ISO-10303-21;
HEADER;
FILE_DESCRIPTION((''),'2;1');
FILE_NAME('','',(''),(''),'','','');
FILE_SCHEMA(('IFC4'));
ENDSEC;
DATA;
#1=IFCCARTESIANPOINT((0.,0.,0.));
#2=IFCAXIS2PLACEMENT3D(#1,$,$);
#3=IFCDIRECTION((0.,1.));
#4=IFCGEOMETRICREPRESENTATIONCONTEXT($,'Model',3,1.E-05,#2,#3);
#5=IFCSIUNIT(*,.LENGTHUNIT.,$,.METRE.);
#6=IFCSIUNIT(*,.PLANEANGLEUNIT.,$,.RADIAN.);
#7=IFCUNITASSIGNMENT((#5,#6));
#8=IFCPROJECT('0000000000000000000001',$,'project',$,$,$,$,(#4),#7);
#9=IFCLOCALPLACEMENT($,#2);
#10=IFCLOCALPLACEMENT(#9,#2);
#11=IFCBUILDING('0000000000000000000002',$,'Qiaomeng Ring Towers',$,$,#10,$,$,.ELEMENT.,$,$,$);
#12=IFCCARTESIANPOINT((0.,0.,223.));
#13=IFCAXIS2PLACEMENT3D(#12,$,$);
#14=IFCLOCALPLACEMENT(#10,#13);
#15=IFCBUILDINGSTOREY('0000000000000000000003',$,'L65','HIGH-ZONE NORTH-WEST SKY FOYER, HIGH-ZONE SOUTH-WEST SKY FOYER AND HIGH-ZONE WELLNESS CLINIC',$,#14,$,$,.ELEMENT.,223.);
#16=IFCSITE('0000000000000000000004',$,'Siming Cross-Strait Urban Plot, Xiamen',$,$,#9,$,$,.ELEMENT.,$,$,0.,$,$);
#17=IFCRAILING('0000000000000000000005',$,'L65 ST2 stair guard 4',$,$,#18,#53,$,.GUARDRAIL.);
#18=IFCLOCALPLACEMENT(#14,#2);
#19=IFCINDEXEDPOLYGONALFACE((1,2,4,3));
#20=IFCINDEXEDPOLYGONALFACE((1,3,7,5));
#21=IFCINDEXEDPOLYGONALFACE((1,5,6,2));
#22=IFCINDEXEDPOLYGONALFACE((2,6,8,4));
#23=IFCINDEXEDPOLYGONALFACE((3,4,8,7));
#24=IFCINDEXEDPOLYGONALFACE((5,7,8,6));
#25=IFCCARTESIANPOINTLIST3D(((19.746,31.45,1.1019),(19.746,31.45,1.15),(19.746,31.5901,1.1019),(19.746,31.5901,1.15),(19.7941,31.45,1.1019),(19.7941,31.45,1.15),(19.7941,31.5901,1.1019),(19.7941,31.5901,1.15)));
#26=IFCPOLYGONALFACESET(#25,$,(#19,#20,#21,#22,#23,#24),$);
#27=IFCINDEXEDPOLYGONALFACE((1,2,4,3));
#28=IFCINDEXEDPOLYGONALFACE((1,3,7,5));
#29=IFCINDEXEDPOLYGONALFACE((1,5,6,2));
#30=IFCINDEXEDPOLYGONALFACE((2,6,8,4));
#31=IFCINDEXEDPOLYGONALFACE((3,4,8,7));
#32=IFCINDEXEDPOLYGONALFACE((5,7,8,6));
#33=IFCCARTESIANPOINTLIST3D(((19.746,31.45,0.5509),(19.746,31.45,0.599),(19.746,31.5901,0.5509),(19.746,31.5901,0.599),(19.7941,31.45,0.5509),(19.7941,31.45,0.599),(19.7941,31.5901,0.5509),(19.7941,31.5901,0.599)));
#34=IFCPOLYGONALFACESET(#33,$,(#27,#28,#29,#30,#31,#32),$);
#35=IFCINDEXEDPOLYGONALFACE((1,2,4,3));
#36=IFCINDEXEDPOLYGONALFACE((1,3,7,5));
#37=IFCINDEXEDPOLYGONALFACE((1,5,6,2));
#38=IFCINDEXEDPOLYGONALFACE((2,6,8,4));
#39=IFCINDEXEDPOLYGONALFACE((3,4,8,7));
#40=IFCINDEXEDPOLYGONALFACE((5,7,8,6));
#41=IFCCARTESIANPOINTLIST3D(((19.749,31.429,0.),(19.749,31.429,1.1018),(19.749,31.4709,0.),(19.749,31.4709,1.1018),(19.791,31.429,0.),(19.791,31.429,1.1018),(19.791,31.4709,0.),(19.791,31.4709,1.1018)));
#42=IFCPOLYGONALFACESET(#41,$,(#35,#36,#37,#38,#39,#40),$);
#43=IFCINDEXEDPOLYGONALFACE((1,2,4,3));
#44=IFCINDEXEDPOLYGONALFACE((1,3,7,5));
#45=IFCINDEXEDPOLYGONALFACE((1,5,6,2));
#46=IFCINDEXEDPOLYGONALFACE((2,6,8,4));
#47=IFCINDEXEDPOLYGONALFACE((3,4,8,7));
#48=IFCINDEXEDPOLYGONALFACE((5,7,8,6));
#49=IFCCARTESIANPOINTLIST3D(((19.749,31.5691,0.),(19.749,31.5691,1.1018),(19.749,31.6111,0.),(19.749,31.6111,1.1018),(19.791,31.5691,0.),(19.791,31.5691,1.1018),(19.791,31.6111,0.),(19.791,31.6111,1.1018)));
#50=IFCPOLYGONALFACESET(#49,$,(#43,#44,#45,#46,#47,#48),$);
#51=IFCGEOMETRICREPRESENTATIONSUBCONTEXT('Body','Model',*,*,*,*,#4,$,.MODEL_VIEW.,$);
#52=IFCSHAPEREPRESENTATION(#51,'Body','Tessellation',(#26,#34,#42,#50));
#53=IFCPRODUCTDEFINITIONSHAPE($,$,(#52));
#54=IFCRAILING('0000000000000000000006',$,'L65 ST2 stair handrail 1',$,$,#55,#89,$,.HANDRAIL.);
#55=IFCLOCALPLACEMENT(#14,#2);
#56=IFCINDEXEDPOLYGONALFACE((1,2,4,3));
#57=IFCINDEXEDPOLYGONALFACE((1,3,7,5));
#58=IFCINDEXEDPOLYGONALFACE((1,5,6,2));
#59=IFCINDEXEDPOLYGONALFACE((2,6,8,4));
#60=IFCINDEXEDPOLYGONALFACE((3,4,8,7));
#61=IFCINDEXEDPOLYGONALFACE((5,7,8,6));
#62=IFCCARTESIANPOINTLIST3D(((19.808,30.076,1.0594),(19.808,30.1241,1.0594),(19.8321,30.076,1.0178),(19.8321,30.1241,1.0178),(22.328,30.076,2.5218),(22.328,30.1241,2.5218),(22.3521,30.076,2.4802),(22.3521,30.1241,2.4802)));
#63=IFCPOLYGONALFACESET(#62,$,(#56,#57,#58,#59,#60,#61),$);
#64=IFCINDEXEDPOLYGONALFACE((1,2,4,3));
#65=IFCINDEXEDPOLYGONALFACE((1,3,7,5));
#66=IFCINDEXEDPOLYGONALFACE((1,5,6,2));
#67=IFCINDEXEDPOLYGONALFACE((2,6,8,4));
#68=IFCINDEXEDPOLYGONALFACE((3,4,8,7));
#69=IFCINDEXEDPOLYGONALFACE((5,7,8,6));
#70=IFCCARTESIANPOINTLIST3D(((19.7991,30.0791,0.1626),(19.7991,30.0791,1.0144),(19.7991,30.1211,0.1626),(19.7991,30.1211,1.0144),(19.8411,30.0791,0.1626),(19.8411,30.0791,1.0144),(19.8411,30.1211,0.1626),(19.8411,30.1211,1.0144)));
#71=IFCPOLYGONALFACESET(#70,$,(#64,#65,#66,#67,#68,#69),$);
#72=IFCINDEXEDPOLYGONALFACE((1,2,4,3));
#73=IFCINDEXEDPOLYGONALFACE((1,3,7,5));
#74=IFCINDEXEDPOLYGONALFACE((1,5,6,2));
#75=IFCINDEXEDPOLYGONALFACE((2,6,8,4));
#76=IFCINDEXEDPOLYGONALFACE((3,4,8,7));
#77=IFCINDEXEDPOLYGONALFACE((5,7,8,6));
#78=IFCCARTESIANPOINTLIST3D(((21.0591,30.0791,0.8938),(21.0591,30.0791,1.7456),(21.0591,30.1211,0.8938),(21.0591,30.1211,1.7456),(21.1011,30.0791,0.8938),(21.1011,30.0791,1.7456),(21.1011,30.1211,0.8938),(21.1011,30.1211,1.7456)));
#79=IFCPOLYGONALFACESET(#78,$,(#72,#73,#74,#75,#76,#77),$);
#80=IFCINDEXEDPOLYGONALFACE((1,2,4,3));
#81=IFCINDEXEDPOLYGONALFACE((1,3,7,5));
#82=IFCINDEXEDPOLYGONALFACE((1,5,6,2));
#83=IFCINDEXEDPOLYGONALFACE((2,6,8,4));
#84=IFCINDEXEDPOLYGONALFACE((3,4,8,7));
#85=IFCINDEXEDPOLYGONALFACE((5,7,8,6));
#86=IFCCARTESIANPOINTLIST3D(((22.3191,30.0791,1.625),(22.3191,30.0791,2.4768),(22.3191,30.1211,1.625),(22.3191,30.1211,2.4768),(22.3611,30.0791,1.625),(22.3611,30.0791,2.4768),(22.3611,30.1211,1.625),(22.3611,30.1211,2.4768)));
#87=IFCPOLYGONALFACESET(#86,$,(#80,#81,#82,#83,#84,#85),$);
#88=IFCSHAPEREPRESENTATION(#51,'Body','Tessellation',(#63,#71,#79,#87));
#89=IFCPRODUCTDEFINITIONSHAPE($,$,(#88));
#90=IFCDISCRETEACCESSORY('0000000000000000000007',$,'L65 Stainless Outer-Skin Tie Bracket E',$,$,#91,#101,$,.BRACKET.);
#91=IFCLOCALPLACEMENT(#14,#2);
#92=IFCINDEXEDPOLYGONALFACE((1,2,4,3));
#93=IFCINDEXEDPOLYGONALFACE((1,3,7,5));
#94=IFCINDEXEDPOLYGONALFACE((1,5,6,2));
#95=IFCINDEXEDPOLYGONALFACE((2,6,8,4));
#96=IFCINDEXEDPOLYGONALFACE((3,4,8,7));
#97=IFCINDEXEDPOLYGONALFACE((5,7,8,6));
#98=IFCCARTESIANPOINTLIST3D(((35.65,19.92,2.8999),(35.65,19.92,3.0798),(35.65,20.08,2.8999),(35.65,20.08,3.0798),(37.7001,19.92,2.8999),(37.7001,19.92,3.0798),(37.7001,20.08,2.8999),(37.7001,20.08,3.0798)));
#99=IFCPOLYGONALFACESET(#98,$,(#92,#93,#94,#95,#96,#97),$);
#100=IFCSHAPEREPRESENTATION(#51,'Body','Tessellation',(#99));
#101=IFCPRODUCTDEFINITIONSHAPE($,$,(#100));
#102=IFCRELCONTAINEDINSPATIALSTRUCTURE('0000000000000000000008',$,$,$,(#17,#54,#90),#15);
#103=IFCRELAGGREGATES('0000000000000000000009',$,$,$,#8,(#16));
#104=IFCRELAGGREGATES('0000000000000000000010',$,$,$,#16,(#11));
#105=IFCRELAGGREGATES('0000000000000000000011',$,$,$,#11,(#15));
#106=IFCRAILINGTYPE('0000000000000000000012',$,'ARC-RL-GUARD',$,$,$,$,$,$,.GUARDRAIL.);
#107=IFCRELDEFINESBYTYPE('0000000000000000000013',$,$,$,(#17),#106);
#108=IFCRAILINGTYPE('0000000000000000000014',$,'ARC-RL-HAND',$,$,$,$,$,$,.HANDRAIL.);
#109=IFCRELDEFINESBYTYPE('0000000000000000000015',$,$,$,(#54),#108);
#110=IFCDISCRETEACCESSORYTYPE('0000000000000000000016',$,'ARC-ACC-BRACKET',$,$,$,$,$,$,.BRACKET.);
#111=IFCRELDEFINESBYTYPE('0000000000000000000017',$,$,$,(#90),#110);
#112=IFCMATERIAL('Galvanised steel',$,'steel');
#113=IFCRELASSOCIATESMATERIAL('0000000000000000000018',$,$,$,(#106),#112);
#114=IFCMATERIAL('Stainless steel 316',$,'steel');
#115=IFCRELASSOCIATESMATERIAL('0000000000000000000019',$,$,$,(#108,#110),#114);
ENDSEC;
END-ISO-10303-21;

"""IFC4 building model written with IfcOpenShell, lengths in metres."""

from ifc_helpers import new_model, si_unit, direction, frame, origin, origin_2d, place, context, subcontext, project, spatial, rectangle, extrude, source, transform, mapped, material, type_object, element, save


model = new_model("IFC4")

# Units and contexts
model_context = context("Model", 3, precision=1e-05, world=origin(), true_north=direction((0.0, 1.0)))
body_context = subcontext(model_context, "Body", "Model", "MODEL_VIEW")
ifc_project = project(units=[si_unit("LENGTHUNIT", "METRE"), si_unit("PLANEANGLEUNIT", "RADIAN")], contexts=[model_context])

# Site, building, storey
site_placement = place(None, origin())
site = spatial("IfcSite", under=ifc_project, at=site_placement, Name="Siming Cross-Strait Urban Plot, Xiamen", CompositionType="ELEMENT", RefElevation=0.0)
building_placement = place(site_placement, origin())
building = spatial("IfcBuilding", under=site, at=building_placement, Name="Qiaomeng Ring Towers", CompositionType="ELEMENT")
storey_placement = place(building_placement, frame((0.0, 0.0, 223.0)))
storey = spatial("IfcBuildingStorey", under=building, at=storey_placement, Name="L65", Description="HIGH-ZONE NORTH-WEST SKY FOYER, HIGH-ZONE SOUTH-WEST SKY FOYER AND HIGH-ZONE WELLNESS CLINIC", CompositionType="ELEMENT", Elevation=223.0)

# Shared definitions
ifc_material_1 = material(Name="Stainless steel 316", Category="steel")

# Shared definitions
ifc_material_2 = material(Name="Galvanised steel", Category="steel")

# Railings
railing_type_1 = type_object("IfcRailingType", Name="ARC-RL-GUARD", PredefinedType="GUARDRAIL", material=ifc_material_2)
railing_1_placement = place(storey_placement, frame((19.77, 31.45, 0.0)))
element("IfcRailing", 1, at=railing_1_placement, inside=storey, type_object=railing_type_1, Name="L65 ST2 stair guard 4", PredefinedType="GUARDRAIL", context=body_context, shape_type="SweptSolid", body=[
    extrude(rectangle(XDim=0.0481, YDim=0.0481, at=origin_2d()), frame((0.0, 0.0, 1.126), z_axis=(0.0, 1.0, 0.0), x_axis=(-1.0, 0.0, 0.0)), (0.0, 0.0, 1.0), 0.1401),
    extrude(rectangle(XDim=0.0481, YDim=0.0481, at=origin_2d()), frame((0.0, 0.0, 0.575), z_axis=(0.0, 1.0, 0.0), x_axis=(-1.0, 0.0, 0.0)), (0.0, 0.0, 1.0), 0.1401),
    extrude(rectangle(XDim=0.042, YDim=0.042, at=origin_2d()), origin(), (0.0, 0.0, 1.0), 1.1018),
    extrude(rectangle(XDim=0.042, YDim=0.042, at=origin_2d()), frame((0.0, 0.1401, 0.0)), (0.0, 0.0, 1.0), 1.1018),
])
railing_type_2 = type_object("IfcRailingType", Name="ARC-RL-HAND", PredefinedType="HANDRAIL", material=ifc_material_1)
railing_2_placement = place(storey_placement, frame((19.8201, 30.1001, 0.1626)))
element("IfcRailing", 2, at=railing_2_placement, inside=storey, type_object=railing_type_2, Name="L65 ST2 stair handrail 1", PredefinedType="HANDRAIL", context=body_context, shape_type="SweptSolid", body=[
    extrude(rectangle(XDim=0.0481, YDim=0.0481, at=origin_2d()), frame((0.0, 0.0, 0.876), z_axis=(0.864913, 0.0, 0.501921), x_axis=(0.0, 1.0, 0.0)), (0.0, 0.0, 1.0), 2.9136),
    extrude(rectangle(XDim=0.042, YDim=0.042, at=origin_2d()), origin(), (0.0, 0.0, 1.0), 0.8518),
    extrude(rectangle(XDim=0.042, YDim=0.042, at=origin_2d()), frame((1.26, 0.0, 0.7312)), (0.0, 0.0, 1.0), 0.8518),
    extrude(rectangle(XDim=0.042, YDim=0.042, at=origin_2d()), frame((2.52, 0.0, 1.4624)), (0.0, 0.0, 1.0), 0.8518),
])

# Discrete accessory
discrete_accessory_type = type_object("IfcDiscreteAccessoryType", Name="ARC-ACC-BRACKET", PredefinedType="BRACKET", material=ifc_material_1)
shared_shape_1 = source(origin(), body_context, "Body", "SweptSolid", [
    extrude(rectangle(XDim=2.05, YDim=0.1599, at=origin_2d()), origin(), (0.0, 0.0, 1.0), 0.1799),
])
discrete_accessory_placement = place(storey_placement, frame((36.675, 20.0, 2.8999), z_axis=(0.0, 0.0, 1.0), x_axis=(1.0, 0.0, 0.0)))
element("IfcDiscreteAccessory", 3, at=discrete_accessory_placement, inside=storey, type_object=discrete_accessory_type, Name="L65 Stainless Outer-Skin Tie Bracket E", PredefinedType="BRACKET", context=body_context, shape_type="MappedRepresentation", body=[
    mapped(shared_shape_1, transform((0.0, 0.0, 0.0), x_axis=(1.0, 0.0, 0.0), y_axis=(0.0, 1.0, 0.0), z_axis=(0.0, 0.0, 1.0), scale=1.0)),
])

save(model, "model.ifc")
